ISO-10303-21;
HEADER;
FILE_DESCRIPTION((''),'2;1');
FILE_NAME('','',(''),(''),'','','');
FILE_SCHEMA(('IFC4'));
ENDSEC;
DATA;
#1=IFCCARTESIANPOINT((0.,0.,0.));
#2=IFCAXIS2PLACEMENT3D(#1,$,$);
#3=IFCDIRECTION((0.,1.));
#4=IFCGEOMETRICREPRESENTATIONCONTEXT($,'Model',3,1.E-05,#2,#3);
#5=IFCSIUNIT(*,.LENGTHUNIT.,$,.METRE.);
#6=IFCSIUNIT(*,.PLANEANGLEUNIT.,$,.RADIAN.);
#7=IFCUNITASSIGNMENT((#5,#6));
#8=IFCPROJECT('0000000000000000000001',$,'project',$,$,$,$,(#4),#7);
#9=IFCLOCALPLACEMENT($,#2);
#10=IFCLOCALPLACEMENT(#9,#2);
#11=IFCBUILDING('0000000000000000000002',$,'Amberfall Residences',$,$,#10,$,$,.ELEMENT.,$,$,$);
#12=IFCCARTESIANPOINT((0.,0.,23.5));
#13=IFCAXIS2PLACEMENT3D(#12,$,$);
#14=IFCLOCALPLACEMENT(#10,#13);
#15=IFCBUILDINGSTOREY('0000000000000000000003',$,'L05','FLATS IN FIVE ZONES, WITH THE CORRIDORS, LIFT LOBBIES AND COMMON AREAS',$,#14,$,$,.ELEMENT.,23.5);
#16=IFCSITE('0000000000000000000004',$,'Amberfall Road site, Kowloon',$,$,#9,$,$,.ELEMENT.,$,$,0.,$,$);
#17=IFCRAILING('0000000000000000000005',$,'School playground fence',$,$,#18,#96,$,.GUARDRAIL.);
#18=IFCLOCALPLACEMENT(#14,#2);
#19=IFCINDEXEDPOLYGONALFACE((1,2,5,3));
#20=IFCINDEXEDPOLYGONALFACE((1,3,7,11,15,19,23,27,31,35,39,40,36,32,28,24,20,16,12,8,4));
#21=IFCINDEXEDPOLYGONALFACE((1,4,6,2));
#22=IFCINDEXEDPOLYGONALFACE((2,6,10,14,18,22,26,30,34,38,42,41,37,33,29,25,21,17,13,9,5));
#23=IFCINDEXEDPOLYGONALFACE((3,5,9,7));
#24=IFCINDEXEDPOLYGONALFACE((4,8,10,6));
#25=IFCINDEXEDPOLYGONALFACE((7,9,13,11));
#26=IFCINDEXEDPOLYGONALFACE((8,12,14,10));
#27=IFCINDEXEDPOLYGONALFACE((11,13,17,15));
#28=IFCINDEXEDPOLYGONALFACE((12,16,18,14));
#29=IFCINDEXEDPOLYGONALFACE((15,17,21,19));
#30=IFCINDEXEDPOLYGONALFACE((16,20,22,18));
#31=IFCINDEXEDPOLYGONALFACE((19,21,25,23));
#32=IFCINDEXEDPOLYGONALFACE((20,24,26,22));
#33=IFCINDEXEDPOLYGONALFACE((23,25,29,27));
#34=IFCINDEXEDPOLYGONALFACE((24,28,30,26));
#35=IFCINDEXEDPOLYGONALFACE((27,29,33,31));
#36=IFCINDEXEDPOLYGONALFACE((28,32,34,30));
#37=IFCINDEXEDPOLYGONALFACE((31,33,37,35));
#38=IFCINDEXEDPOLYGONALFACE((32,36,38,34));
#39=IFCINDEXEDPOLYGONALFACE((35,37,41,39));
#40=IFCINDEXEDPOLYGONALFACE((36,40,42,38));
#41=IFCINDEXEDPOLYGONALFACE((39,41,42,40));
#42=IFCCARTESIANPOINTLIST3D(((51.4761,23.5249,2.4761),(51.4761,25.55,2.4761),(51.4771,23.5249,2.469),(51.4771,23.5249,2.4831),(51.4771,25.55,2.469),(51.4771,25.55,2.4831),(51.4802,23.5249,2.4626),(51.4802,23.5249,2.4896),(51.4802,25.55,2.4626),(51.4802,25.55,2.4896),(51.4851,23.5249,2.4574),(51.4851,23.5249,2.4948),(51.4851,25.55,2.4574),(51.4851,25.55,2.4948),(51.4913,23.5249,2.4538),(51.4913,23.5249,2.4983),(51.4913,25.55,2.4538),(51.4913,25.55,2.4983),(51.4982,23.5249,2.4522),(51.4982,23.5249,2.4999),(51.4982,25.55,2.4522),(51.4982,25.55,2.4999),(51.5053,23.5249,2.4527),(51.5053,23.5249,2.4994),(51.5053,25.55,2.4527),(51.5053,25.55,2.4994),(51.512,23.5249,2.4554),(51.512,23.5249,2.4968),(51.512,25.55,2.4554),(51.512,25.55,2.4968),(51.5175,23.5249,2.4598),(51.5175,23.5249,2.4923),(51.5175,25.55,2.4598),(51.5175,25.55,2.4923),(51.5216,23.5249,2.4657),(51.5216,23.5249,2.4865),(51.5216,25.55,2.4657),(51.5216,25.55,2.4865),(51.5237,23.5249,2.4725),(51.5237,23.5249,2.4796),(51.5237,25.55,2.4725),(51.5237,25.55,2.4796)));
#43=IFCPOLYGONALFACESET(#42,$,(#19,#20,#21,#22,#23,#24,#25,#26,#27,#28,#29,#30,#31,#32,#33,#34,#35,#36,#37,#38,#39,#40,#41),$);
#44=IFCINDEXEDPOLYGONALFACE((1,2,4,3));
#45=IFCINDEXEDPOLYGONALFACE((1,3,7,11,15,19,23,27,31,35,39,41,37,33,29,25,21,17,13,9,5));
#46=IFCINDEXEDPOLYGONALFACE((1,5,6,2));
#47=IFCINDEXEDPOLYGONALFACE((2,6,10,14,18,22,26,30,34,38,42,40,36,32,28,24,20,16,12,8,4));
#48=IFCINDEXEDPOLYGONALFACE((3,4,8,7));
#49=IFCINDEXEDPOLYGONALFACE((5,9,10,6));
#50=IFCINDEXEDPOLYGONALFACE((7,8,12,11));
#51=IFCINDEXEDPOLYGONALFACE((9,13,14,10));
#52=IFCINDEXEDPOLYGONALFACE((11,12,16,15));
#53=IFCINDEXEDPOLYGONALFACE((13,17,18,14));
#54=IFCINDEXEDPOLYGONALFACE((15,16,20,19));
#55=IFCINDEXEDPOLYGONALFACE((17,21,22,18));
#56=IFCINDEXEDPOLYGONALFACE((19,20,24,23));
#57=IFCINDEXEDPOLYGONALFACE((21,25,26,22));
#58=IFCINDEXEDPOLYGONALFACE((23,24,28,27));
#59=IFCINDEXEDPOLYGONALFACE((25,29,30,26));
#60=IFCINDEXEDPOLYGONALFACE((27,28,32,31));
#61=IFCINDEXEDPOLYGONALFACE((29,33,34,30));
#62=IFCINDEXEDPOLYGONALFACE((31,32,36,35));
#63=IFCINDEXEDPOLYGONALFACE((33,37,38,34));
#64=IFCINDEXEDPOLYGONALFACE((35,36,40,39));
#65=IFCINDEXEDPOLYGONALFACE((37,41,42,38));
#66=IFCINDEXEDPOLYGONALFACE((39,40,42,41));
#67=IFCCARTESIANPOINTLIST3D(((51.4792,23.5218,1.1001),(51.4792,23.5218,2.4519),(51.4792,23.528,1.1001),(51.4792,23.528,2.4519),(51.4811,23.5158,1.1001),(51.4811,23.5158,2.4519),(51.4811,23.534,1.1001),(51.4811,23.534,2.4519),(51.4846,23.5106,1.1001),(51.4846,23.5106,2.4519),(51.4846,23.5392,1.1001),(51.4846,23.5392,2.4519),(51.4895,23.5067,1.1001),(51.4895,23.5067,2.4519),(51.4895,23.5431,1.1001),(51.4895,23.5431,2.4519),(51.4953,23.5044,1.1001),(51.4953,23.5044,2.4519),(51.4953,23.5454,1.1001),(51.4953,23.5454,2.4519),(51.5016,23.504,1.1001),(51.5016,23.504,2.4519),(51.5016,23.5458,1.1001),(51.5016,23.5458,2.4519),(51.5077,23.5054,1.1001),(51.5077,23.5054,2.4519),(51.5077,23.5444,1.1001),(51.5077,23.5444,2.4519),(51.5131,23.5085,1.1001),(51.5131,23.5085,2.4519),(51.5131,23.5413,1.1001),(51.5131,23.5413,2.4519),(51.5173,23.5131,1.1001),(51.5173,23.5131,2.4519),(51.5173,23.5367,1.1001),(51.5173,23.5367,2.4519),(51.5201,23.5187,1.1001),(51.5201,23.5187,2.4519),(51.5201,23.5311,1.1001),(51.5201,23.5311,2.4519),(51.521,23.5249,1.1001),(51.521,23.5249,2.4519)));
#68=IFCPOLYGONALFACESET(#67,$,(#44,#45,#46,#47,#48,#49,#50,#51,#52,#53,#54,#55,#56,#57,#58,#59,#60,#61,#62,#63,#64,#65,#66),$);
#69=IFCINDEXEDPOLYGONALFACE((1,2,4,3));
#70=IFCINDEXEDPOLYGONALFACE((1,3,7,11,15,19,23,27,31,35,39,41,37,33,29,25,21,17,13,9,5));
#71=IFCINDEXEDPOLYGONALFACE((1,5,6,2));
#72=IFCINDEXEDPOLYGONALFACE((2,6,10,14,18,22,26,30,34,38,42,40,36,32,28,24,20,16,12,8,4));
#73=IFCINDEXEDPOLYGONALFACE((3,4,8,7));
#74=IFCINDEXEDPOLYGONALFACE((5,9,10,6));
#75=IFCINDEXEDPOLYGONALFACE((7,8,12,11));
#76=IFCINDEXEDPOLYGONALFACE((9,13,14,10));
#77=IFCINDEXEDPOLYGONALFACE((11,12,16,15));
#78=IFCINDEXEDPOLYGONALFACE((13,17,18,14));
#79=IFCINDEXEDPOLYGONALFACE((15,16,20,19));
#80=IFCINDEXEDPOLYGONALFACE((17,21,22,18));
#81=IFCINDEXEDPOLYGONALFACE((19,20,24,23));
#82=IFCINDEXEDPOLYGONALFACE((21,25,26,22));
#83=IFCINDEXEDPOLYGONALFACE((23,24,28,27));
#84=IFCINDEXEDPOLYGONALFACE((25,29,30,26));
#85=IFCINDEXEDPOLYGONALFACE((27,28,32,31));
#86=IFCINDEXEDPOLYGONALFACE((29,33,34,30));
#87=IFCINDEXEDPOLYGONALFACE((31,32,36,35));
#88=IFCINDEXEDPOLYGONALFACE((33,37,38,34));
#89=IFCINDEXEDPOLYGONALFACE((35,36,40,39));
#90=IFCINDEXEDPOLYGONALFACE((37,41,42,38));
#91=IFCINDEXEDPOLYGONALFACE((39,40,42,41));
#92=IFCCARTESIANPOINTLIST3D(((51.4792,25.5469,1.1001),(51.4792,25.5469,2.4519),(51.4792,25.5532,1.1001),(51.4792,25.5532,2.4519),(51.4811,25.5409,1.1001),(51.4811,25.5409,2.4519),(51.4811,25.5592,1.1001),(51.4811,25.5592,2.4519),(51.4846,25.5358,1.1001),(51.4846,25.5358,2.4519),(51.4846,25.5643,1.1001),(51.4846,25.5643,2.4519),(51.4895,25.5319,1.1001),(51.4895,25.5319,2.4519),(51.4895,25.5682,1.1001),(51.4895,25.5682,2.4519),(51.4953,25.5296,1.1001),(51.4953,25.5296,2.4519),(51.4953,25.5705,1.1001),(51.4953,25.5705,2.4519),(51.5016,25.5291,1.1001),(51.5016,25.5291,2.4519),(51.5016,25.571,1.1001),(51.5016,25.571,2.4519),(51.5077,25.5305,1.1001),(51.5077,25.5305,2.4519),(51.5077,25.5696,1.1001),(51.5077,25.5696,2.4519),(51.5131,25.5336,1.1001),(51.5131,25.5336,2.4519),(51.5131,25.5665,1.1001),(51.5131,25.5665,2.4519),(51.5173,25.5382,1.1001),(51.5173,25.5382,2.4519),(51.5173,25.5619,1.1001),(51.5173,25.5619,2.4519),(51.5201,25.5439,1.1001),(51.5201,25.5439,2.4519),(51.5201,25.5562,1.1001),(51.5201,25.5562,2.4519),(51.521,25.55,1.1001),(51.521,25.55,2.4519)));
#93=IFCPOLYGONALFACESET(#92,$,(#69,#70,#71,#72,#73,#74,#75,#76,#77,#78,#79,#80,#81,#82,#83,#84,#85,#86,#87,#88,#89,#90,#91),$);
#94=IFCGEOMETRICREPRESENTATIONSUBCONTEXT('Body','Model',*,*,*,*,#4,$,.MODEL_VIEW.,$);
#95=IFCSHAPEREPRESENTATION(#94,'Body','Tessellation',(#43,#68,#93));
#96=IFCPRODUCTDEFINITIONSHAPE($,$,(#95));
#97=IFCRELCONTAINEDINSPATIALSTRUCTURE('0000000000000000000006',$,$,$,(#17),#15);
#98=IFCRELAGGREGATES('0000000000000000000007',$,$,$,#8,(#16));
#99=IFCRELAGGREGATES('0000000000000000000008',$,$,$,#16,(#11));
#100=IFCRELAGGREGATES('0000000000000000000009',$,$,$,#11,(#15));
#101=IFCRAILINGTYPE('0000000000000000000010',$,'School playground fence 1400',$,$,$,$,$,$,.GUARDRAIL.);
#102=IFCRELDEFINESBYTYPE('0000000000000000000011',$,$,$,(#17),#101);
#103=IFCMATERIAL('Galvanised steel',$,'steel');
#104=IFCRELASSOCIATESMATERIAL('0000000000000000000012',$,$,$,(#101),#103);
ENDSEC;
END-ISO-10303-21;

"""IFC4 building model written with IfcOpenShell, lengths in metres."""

from ifc_helpers import new_model, si_unit, direction, frame, origin, origin_2d, place, context, subcontext, project, spatial, circle, extrude, material, type_object, element, save


model = new_model("IFC4")

# Units and contexts
model_context = context("Model", 3, precision=1e-05, world=origin(), true_north=direction((0.0, 1.0)))
body_context = subcontext(model_context, "Body", "Model", "MODEL_VIEW")
ifc_project = project(units=[si_unit("LENGTHUNIT", "METRE"), si_unit("PLANEANGLEUNIT", "RADIAN")], contexts=[model_context])

# Site, building, storey
site_placement = place(None, origin())
site = spatial("IfcSite", under=ifc_project, at=site_placement, Name="Amberfall Road site, Kowloon", CompositionType="ELEMENT", RefElevation=0.0)
building_placement = place(site_placement, origin())
building = spatial("IfcBuilding", under=site, at=building_placement, Name="Amberfall Residences", CompositionType="ELEMENT")
storey_placement = place(building_placement, frame((0.0, 0.0, 23.5)))
storey = spatial("IfcBuildingStorey", under=building, at=storey_placement, Name="L05", Description="FLATS IN FIVE ZONES, WITH THE CORRIDORS, LIFT LOBBIES AND COMMON AREAS", CompositionType="ELEMENT", Elevation=23.5)

# Railing
ifc_material_1 = material(Name="Galvanised steel", Category="steel")
railing_type = type_object("IfcRailingType", Name="School playground fence 1400", PredefinedType="GUARDRAIL", material=ifc_material_1)
railing_1_placement = place(storey_placement, frame((51.5, 23.5249, 1.1001)))
element("IfcRailing", 1, at=railing_1_placement, inside=storey, type_object=railing_type, Name="School playground fence", PredefinedType="GUARDRAIL", context=body_context, shape_type="SweptSolid", body=[
    extrude(circle(Radius=0.0239, at=origin_2d()), frame((0.0, 0.0, 1.376), z_axis=(0.0, 1.0, 0.0), x_axis=(-1.0, 0.0, 0.0)), (0.0, 0.0, 1.0), 2.0251),
    extrude(circle(Radius=0.021, at=origin_2d()), origin(), (0.0, 0.0, 1.0), 1.3518),
    extrude(circle(Radius=0.021, at=origin_2d()), frame((0.0, 2.0251, 0.0)), (0.0, 0.0, 1.0), 1.3518),
])

save(model, "model.ifc")
